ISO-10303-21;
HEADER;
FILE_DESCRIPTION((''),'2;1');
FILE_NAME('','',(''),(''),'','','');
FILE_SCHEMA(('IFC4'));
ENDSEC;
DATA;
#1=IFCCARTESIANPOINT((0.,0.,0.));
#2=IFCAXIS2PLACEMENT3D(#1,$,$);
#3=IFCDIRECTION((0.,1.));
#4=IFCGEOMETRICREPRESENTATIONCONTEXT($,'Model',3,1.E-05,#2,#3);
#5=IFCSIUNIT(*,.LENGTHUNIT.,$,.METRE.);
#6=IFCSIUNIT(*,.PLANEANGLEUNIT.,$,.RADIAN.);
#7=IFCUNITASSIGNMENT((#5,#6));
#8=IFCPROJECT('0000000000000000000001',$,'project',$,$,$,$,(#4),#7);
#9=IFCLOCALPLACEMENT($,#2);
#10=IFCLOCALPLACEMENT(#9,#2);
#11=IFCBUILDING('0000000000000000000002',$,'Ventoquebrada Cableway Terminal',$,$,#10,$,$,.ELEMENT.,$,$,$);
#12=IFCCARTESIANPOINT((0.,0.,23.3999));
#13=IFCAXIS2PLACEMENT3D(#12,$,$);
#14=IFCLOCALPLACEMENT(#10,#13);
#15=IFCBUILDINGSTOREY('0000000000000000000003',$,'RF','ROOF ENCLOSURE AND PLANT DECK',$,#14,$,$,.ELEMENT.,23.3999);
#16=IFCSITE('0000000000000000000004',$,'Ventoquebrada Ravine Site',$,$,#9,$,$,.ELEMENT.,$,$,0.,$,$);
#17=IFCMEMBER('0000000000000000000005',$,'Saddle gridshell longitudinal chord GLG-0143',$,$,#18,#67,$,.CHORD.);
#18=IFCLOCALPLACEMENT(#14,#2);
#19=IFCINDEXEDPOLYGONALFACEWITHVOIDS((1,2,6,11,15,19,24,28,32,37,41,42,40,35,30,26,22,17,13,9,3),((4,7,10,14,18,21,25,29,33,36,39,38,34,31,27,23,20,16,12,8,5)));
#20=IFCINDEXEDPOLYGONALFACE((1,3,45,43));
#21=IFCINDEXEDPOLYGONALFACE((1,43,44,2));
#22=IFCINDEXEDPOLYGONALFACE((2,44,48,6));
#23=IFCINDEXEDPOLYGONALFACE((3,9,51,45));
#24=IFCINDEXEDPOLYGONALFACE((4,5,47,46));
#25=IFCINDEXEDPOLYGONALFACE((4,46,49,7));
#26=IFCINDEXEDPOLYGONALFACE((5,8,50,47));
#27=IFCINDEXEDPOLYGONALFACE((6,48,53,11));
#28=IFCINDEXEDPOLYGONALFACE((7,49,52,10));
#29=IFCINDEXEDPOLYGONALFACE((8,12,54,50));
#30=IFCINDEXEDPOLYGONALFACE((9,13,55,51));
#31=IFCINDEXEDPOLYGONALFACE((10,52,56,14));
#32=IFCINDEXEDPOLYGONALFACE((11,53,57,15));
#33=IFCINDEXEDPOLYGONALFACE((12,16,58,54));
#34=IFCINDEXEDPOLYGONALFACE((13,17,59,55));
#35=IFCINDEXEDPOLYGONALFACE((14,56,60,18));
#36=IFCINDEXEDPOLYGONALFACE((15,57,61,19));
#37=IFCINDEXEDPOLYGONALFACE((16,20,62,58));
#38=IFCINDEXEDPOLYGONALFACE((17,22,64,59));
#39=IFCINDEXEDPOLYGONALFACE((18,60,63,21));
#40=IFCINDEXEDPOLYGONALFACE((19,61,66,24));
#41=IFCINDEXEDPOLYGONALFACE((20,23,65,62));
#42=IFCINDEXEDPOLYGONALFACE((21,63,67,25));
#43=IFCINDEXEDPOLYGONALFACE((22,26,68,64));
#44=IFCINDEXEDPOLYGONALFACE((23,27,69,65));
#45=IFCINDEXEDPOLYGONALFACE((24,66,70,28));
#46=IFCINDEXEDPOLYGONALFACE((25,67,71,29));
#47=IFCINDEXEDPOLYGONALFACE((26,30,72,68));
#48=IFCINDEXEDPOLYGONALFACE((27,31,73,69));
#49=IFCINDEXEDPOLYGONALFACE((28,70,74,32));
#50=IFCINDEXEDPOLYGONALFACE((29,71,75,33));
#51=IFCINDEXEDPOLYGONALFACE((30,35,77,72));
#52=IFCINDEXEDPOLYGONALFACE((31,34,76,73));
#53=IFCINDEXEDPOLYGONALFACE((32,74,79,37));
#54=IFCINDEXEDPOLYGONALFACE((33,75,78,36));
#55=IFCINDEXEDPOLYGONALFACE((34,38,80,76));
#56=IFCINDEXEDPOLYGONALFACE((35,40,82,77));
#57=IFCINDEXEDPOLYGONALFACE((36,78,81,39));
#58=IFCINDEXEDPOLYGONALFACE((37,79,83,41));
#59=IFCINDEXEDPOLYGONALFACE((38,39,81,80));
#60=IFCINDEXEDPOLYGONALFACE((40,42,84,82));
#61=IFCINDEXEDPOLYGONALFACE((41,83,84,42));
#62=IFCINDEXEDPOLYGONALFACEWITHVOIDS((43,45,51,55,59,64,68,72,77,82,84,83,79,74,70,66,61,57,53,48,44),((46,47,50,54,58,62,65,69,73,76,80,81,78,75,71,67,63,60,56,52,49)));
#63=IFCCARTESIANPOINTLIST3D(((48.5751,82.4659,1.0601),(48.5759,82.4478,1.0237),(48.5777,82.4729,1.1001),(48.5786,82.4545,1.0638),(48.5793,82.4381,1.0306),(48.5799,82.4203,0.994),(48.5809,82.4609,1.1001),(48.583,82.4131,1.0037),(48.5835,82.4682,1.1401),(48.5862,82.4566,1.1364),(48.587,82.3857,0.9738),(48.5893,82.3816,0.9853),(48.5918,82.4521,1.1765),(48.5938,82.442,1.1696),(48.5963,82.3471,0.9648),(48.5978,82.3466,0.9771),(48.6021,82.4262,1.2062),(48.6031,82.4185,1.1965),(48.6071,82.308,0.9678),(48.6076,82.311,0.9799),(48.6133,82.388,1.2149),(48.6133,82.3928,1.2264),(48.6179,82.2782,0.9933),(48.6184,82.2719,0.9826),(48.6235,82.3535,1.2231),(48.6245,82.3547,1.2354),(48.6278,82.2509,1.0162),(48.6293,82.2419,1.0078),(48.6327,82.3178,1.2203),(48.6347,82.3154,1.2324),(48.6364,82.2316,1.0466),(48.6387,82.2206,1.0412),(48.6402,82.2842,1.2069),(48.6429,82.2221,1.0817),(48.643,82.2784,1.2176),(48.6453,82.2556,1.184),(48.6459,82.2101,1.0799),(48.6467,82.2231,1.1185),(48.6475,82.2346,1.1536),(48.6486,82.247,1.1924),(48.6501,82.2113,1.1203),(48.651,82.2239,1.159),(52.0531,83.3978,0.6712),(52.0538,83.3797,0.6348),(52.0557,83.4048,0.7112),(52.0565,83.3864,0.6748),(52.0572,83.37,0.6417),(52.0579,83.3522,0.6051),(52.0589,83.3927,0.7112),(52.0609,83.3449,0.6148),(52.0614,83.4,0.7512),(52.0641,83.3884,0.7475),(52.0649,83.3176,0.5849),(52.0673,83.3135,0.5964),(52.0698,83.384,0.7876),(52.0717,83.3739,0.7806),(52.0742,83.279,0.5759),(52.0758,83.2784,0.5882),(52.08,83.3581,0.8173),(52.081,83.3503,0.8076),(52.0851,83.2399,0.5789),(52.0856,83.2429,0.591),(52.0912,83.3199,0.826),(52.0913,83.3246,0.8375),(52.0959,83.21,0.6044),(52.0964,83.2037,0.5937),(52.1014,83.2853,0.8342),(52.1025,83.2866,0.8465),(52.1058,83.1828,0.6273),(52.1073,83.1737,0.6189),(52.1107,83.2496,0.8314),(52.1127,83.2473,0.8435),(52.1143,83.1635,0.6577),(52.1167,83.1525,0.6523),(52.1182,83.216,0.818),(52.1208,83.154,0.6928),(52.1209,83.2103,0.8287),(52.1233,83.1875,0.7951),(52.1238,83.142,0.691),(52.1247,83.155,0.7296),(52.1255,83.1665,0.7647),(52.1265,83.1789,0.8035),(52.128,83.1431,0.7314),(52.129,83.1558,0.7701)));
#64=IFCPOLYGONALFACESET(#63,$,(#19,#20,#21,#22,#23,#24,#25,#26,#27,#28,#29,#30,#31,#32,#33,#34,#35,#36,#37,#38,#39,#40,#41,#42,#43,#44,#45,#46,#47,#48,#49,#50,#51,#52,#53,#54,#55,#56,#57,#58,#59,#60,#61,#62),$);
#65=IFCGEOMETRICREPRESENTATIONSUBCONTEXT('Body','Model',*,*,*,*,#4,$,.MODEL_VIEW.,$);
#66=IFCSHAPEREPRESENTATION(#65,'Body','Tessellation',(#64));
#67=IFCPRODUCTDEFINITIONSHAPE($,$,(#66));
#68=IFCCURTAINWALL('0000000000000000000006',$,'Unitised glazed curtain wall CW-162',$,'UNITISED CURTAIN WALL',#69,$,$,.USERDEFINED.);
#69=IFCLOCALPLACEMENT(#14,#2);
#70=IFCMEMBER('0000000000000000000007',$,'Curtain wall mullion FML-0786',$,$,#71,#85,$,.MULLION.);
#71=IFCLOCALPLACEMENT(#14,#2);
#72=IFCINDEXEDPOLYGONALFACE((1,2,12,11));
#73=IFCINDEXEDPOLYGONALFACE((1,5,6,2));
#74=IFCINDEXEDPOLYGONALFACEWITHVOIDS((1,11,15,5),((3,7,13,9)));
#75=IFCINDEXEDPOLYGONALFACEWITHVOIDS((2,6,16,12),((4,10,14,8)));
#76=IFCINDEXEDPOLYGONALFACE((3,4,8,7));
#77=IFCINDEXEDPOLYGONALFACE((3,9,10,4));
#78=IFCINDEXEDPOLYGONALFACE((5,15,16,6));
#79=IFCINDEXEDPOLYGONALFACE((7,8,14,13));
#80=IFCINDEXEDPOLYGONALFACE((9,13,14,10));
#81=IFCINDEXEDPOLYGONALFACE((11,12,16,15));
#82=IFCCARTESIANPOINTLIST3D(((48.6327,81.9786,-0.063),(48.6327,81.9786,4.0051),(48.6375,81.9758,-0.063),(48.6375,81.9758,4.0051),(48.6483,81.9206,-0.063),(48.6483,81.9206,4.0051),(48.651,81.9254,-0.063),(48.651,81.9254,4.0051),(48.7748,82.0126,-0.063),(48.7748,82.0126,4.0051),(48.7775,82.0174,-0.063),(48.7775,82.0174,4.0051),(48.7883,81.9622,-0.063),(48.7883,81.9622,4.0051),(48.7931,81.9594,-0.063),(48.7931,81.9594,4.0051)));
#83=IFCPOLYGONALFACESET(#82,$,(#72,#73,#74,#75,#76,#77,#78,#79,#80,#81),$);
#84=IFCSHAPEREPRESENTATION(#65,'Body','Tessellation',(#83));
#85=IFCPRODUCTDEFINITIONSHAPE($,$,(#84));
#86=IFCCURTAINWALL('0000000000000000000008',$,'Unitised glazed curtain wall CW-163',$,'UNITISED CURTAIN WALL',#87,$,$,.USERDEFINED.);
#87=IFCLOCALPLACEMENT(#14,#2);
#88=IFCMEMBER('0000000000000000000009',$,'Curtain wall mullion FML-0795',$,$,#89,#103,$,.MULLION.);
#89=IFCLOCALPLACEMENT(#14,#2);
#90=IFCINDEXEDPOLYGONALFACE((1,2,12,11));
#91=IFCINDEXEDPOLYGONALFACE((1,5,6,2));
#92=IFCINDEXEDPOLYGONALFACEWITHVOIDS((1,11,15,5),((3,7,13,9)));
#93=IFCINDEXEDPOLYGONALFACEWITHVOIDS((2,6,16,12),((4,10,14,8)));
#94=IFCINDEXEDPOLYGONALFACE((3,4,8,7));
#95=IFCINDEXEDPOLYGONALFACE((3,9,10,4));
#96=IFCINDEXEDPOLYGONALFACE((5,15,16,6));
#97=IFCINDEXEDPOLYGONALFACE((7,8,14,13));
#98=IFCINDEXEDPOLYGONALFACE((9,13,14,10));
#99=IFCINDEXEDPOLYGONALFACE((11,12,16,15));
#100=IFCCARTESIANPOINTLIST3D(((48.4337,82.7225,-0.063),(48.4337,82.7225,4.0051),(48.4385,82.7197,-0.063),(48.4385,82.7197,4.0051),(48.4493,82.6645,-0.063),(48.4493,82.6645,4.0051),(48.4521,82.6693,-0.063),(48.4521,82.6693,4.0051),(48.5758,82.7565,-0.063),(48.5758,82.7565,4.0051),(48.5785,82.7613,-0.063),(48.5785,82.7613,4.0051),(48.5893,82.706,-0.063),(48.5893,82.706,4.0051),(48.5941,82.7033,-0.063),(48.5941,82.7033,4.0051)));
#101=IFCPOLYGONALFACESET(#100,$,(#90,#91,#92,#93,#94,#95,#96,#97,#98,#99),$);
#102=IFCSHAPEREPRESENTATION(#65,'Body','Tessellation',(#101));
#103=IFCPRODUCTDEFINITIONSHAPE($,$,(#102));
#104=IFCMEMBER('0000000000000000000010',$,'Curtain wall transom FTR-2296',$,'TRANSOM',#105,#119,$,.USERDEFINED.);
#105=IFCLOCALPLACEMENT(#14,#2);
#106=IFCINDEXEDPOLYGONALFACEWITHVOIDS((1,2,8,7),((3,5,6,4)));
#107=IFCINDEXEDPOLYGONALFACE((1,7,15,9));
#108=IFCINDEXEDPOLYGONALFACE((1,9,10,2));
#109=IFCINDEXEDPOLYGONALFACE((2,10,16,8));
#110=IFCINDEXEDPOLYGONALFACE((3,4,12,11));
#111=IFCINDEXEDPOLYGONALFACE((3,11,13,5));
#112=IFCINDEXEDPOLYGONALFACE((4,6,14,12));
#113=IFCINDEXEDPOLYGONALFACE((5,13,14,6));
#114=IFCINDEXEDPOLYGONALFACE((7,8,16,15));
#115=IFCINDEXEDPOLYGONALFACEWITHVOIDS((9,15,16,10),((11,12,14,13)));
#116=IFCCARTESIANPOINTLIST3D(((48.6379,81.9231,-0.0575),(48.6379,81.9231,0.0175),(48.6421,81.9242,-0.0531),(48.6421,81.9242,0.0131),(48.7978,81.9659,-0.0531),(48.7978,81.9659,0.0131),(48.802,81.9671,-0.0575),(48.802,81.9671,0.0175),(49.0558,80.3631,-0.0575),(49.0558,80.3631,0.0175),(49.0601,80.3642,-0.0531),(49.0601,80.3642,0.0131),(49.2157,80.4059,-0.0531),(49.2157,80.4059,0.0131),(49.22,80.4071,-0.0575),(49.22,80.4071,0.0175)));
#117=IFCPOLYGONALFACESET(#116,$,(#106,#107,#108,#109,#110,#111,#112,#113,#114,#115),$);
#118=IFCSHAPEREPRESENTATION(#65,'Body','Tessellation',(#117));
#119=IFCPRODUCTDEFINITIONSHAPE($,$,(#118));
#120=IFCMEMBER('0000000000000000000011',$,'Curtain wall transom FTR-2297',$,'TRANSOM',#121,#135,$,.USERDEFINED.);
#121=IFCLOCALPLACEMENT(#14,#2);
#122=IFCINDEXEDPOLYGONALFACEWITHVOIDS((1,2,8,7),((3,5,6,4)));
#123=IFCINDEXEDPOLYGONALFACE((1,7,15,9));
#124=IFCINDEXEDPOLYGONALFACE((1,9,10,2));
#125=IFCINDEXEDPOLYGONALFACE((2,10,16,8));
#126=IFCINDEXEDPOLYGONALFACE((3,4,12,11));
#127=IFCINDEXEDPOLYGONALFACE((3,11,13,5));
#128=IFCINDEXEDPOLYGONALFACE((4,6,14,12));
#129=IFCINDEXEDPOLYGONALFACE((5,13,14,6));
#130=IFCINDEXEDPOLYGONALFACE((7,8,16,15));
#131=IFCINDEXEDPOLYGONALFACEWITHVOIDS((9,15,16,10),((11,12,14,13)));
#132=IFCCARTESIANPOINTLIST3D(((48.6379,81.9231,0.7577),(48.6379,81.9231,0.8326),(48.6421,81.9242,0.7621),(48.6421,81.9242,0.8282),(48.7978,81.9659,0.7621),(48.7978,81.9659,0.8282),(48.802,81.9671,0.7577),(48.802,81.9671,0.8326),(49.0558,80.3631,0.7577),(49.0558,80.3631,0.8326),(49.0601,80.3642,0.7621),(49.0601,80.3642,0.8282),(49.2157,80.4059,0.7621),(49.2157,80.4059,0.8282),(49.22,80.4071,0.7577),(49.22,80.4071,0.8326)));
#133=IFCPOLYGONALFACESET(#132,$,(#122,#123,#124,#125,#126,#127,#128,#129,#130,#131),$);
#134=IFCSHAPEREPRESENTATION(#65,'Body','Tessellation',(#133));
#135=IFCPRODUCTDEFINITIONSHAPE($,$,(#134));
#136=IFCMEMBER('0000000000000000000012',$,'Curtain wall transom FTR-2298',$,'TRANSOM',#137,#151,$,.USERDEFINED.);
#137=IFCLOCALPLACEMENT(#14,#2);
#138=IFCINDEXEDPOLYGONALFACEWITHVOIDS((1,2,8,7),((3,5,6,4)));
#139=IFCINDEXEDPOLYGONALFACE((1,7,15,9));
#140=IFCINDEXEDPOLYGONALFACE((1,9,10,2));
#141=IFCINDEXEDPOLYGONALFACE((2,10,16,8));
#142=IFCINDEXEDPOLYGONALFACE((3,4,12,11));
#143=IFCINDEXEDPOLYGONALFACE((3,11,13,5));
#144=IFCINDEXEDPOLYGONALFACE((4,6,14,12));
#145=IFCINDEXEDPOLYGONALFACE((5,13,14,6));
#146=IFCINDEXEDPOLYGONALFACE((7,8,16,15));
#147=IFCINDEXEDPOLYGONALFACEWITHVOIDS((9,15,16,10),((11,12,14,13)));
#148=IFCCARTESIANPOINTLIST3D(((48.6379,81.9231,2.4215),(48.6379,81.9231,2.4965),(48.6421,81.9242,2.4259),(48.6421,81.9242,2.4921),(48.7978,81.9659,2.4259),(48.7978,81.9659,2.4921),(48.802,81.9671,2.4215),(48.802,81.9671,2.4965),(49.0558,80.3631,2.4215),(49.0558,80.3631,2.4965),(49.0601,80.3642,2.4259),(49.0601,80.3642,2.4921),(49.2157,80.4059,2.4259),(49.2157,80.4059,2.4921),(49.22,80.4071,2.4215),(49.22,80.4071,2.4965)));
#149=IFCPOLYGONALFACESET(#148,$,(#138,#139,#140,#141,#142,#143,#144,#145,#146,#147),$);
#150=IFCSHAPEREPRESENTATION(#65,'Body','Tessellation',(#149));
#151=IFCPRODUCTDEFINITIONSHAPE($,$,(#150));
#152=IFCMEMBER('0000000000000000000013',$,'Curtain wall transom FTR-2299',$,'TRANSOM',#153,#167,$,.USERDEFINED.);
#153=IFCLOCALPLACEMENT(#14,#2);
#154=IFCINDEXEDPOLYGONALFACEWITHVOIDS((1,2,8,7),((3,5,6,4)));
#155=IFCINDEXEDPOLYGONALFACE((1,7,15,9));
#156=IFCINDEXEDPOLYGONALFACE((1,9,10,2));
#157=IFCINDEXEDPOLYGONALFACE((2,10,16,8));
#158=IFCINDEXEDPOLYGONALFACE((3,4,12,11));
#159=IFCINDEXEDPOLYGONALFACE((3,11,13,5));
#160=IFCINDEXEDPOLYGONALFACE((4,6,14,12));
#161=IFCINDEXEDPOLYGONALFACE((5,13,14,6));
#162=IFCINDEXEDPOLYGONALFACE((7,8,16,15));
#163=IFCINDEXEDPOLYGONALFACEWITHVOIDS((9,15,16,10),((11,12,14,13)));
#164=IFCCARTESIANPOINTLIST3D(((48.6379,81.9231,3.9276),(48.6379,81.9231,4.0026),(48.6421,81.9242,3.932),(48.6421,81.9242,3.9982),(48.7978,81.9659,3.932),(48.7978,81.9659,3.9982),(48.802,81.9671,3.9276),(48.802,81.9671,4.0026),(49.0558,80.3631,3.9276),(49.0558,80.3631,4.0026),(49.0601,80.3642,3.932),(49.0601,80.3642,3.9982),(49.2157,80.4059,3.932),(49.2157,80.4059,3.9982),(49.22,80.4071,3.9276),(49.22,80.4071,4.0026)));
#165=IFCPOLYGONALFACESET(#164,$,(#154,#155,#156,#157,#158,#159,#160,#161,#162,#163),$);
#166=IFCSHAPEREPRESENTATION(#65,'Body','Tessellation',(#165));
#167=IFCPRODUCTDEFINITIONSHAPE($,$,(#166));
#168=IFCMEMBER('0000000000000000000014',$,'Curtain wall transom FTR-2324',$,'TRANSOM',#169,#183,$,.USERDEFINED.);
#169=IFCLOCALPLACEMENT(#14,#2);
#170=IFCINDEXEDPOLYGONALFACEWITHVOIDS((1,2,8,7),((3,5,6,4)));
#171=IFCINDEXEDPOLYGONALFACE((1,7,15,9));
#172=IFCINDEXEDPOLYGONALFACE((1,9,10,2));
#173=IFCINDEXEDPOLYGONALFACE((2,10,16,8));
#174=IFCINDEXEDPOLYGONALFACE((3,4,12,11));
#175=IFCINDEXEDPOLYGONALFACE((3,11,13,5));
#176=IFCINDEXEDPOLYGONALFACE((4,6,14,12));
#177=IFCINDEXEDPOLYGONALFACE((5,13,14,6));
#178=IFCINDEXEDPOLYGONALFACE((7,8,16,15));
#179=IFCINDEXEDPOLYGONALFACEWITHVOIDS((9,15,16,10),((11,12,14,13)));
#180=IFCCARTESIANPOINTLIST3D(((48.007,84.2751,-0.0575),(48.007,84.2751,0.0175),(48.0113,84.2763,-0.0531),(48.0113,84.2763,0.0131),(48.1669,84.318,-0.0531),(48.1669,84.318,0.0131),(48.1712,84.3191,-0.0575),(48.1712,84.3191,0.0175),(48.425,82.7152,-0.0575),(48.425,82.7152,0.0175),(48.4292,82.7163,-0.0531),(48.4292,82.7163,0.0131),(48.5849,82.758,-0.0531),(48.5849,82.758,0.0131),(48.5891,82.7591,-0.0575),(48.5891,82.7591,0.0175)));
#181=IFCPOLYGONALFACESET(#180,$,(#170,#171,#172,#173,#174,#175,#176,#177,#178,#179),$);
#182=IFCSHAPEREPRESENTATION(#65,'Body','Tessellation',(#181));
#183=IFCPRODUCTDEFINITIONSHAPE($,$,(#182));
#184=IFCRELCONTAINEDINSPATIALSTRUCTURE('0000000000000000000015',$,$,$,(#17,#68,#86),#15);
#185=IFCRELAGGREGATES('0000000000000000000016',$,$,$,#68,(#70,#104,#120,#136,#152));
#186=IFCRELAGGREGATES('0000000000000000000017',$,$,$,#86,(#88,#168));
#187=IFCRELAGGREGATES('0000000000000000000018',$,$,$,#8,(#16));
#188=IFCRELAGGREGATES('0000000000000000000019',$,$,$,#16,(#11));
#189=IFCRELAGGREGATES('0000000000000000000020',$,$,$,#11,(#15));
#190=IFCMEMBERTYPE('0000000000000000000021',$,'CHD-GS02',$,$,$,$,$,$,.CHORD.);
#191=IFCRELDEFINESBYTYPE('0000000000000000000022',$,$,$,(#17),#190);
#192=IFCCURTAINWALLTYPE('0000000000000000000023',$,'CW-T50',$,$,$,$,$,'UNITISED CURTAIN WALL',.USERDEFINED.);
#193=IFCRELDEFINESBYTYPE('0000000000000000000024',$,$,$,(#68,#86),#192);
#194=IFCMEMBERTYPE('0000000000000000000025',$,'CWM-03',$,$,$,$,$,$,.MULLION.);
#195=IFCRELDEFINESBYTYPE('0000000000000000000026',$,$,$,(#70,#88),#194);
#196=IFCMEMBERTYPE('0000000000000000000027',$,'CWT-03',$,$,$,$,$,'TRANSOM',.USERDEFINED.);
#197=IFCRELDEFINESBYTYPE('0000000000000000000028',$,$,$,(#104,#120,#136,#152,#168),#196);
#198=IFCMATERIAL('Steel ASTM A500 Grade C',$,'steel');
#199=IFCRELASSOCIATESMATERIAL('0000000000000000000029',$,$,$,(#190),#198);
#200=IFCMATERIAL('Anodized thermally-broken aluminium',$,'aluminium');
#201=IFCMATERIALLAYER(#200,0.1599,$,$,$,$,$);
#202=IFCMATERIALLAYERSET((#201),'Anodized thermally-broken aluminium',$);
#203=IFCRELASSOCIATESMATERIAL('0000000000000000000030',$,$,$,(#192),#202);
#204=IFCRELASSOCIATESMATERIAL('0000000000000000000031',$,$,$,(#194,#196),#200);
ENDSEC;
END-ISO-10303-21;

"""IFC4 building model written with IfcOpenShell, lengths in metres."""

from ifc_helpers import new_model, si_unit, direction, frame, origin, origin_2d, place, context, subcontext, project, spatial, hollow_rectangle, hollow_circle, extrude, material, layer, layer_set, material_profile, profile_set, type_object, element, aggregate, save


model = new_model("IFC4")

# Units and contexts
model_context = context("Model", 3, precision=1e-05, world=origin(), true_north=direction((0.0, 1.0)))
body_context = subcontext(model_context, "Body", "Model", "MODEL_VIEW")
ifc_project = project(units=[si_unit("LENGTHUNIT", "METRE"), si_unit("PLANEANGLEUNIT", "RADIAN")], contexts=[model_context])

# Site, building, storey
site_placement = place(None, origin())
site = spatial("IfcSite", under=ifc_project, at=site_placement, Name="Ventoquebrada Ravine Site", CompositionType="ELEMENT", RefElevation=0.0)
building_placement = place(site_placement, origin())
building = spatial("IfcBuilding", under=site, at=building_placement, Name="Ventoquebrada Cableway Terminal", CompositionType="ELEMENT")
storey_placement = place(building_placement, frame((0.0, 0.0, 23.3999)))
storey = spatial("IfcBuildingStorey", under=building, at=storey_placement, Name="RF", Description="ROOF ENCLOSURE AND PLANT DECK", CompositionType="ELEMENT", Elevation=23.3999)

# Member
ifc_material_1 = material(Name="Steel ASTM A500 Grade C", Category="steel")
ifc_material_profile_1 = material_profile(ifc_material_1, hollow_circle(Radius=0.1365, WallThickness=0.0125, at=origin_2d()), Name="CHS273.0X12.5")
ifc_profile_set_1 = profile_set([ifc_material_profile_1], Name="Steel ASTM A500 Grade C")
member_type_1 = type_object("IfcMemberType", Name="CHD-GS02", PredefinedType="CHORD", material=ifc_profile_set_1)
member_1_placement = place(storey_placement, frame((48.613, 82.3411, 1.1001), z_axis=(0.960344, 0.25731, -0.107386), x_axis=(-0.258806, 0.965929, 0.0)))
element("IfcMember", 1, at=member_1_placement, inside=storey, type_object=member_type_1, Name="Saddle gridshell longitudinal chord GLG-0143", PredefinedType="CHORD", context=body_context, shape_type="SweptSolid", body=[
    extrude(hollow_circle(Radius=0.1365, WallThickness=0.0125, at=origin_2d()), origin(), (0.0, 0.0, 1.0), 3.6216),
])

# Curtain walls, members
ifc_material_2 = material(Name="Anodized thermally-broken aluminium", Category="aluminium")
ifc_layer_1 = layer(ifc_material_2, 0.1599)
ifc_layer_set_1 = layer_set([ifc_layer_1], Name="Anodized thermally-broken aluminium")
curtain_wall_type = type_object("IfcCurtainWallType", Name="CW-T50", ElementType="UNITISED CURTAIN WALL", PredefinedType="USERDEFINED", material=ifc_layer_set_1)
curtain_wall_1_placement = place(storey_placement, origin())
curtain_wall_1 = element("IfcCurtainWall", 2, at=curtain_wall_1_placement, inside=storey, type_object=curtain_wall_type, Name="Unitised glazed curtain wall CW-162", ObjectType="UNITISED CURTAIN WALL", PredefinedType="USERDEFINED")
ifc_material_profile_2 = material_profile(ifc_material_2, hollow_rectangle(XDim=0.0601, YDim=0.1499, WallThickness=0.0039, at=origin_2d()), Name="CW-MUL-60X150")
ifc_profile_set_2 = profile_set([ifc_material_profile_2], Name="Anodized thermally-broken aluminium")
member_type_2 = type_object("IfcMemberType", Name="CWM-03", PredefinedType="MULLION", material=ifc_profile_set_2)
member_2_placement = place(storey_placement, frame((48.7129, 81.969, -0.063), z_axis=(0.0, 0.0, 1.0), x_axis=(0.258836, -0.965921, 0.0)))
member_2 = element("IfcMember", 3, at=member_2_placement, type_object=member_type_2, Name="Curtain wall mullion FML-0786", PredefinedType="MULLION", context=body_context, shape_type="SweptSolid", body=[
    extrude(hollow_rectangle(XDim=0.0601, YDim=0.1499, WallThickness=0.0039, at=origin_2d()), origin(), (0.0, 0.0, 1.0), 4.0681),
])
curtain_wall_2_placement = place(storey_placement, origin())
curtain_wall_2 = element("IfcCurtainWall", 4, at=curtain_wall_2_placement, inside=storey, type_object=curtain_wall_type, Name="Unitised glazed curtain wall CW-163", ObjectType="UNITISED CURTAIN WALL", PredefinedType="USERDEFINED")
member_3_placement = place(storey_placement, frame((48.5139, 82.7129, -0.063), z_axis=(0.0, 0.0, 1.0), x_axis=(0.258802, -0.96593, 0.0)))
member_3 = element("IfcMember", 5, at=member_3_placement, type_object=member_type_2, Name="Curtain wall mullion FML-0795", PredefinedType="MULLION", context=body_context, shape_type="SweptSolid", body=[
    extrude(hollow_rectangle(XDim=0.0601, YDim=0.1499, WallThickness=0.0039, at=origin_2d()), origin(), (0.0, 0.0, 1.0), 4.0681),
])

# Members
ifc_material_profile_3 = material_profile(ifc_material_2, hollow_rectangle(XDim=0.075, YDim=0.1699, WallThickness=0.0044, at=origin_2d()), Name="CW-TRN-75X170")
ifc_profile_set_3 = profile_set([ifc_material_profile_3], Name="Anodized thermally-broken aluminium")
member_type_3 = type_object("IfcMemberType", Name="CWT-03", ElementType="TRANSOM", PredefinedType="USERDEFINED", material=ifc_profile_set_3)
member_4_placement = place(storey_placement, frame((48.72, 81.9451, -0.02), z_axis=(0.258791, -0.965933, 0.0), x_axis=(0.0, 0.0, 1.0)))
member_4 = element("IfcMember", 6, at=member_4_placement, type_object=member_type_3, Name="Curtain wall transom FTR-2296", ObjectType="TRANSOM", PredefinedType="USERDEFINED", context=body_context, shape_type="SweptSolid", body=[
    extrude(hollow_rectangle(XDim=0.075, YDim=0.1699, WallThickness=0.0044, at=origin_2d()), origin(), (0.0, 0.0, 1.0), 1.615),
])
member_5_placement = place(storey_placement, frame((48.72, 81.9451, 0.7952), z_axis=(0.258791, -0.965933, 0.0), x_axis=(0.0, 0.0, 1.0)))
member_5 = element("IfcMember", 7, at=member_5_placement, type_object=member_type_3, Name="Curtain wall transom FTR-2297", ObjectType="TRANSOM", PredefinedType="USERDEFINED", context=body_context, shape_type="SweptSolid", body=[
    extrude(hollow_rectangle(XDim=0.075, YDim=0.1699, WallThickness=0.0044, at=origin_2d()), origin(), (0.0, 0.0, 1.0), 1.615),
])
member_6_placement = place(storey_placement, frame((48.72, 81.9451, 2.459), z_axis=(0.258791, -0.965933, 0.0), x_axis=(0.0, 0.0, 1.0)))
member_6 = element("IfcMember", 8, at=member_6_placement, type_object=member_type_3, Name="Curtain wall transom FTR-2298", ObjectType="TRANSOM", PredefinedType="USERDEFINED", context=body_context, shape_type="SweptSolid", body=[
    extrude(hollow_rectangle(XDim=0.075, YDim=0.1699, WallThickness=0.0044, at=origin_2d()), origin(), (0.0, 0.0, 1.0), 1.615),
])
member_7_placement = place(storey_placement, frame((48.72, 81.9451, 3.9651), z_axis=(0.258791, -0.965933, 0.0), x_axis=(0.0, 0.0, 1.0)))
member_7 = element("IfcMember", 9, at=member_7_placement, type_object=member_type_3, Name="Curtain wall transom FTR-2299", ObjectType="TRANSOM", PredefinedType="USERDEFINED", context=body_context, shape_type="SweptSolid", body=[
    extrude(hollow_rectangle(XDim=0.075, YDim=0.1699, WallThickness=0.0044, at=origin_2d()), origin(), (0.0, 0.0, 1.0), 1.615),
])
member_8_placement = place(storey_placement, frame((48.0891, 84.2971, -0.02), z_axis=(0.258791, -0.965933, 0.0), x_axis=(0.0, 0.0, 1.0)))
member_8 = element("IfcMember", 10, at=member_8_placement, type_object=member_type_3, Name="Curtain wall transom FTR-2324", ObjectType="TRANSOM", PredefinedType="USERDEFINED", context=body_context, shape_type="SweptSolid", body=[
    extrude(hollow_rectangle(XDim=0.075, YDim=0.1699, WallThickness=0.0044, at=origin_2d()), origin(), (0.0, 0.0, 1.0), 1.615),
])

aggregate(curtain_wall_1, [member_2, member_4, member_5, member_6, member_7])
aggregate(curtain_wall_2, [member_3, member_8])

save(model, "model.ifc")
